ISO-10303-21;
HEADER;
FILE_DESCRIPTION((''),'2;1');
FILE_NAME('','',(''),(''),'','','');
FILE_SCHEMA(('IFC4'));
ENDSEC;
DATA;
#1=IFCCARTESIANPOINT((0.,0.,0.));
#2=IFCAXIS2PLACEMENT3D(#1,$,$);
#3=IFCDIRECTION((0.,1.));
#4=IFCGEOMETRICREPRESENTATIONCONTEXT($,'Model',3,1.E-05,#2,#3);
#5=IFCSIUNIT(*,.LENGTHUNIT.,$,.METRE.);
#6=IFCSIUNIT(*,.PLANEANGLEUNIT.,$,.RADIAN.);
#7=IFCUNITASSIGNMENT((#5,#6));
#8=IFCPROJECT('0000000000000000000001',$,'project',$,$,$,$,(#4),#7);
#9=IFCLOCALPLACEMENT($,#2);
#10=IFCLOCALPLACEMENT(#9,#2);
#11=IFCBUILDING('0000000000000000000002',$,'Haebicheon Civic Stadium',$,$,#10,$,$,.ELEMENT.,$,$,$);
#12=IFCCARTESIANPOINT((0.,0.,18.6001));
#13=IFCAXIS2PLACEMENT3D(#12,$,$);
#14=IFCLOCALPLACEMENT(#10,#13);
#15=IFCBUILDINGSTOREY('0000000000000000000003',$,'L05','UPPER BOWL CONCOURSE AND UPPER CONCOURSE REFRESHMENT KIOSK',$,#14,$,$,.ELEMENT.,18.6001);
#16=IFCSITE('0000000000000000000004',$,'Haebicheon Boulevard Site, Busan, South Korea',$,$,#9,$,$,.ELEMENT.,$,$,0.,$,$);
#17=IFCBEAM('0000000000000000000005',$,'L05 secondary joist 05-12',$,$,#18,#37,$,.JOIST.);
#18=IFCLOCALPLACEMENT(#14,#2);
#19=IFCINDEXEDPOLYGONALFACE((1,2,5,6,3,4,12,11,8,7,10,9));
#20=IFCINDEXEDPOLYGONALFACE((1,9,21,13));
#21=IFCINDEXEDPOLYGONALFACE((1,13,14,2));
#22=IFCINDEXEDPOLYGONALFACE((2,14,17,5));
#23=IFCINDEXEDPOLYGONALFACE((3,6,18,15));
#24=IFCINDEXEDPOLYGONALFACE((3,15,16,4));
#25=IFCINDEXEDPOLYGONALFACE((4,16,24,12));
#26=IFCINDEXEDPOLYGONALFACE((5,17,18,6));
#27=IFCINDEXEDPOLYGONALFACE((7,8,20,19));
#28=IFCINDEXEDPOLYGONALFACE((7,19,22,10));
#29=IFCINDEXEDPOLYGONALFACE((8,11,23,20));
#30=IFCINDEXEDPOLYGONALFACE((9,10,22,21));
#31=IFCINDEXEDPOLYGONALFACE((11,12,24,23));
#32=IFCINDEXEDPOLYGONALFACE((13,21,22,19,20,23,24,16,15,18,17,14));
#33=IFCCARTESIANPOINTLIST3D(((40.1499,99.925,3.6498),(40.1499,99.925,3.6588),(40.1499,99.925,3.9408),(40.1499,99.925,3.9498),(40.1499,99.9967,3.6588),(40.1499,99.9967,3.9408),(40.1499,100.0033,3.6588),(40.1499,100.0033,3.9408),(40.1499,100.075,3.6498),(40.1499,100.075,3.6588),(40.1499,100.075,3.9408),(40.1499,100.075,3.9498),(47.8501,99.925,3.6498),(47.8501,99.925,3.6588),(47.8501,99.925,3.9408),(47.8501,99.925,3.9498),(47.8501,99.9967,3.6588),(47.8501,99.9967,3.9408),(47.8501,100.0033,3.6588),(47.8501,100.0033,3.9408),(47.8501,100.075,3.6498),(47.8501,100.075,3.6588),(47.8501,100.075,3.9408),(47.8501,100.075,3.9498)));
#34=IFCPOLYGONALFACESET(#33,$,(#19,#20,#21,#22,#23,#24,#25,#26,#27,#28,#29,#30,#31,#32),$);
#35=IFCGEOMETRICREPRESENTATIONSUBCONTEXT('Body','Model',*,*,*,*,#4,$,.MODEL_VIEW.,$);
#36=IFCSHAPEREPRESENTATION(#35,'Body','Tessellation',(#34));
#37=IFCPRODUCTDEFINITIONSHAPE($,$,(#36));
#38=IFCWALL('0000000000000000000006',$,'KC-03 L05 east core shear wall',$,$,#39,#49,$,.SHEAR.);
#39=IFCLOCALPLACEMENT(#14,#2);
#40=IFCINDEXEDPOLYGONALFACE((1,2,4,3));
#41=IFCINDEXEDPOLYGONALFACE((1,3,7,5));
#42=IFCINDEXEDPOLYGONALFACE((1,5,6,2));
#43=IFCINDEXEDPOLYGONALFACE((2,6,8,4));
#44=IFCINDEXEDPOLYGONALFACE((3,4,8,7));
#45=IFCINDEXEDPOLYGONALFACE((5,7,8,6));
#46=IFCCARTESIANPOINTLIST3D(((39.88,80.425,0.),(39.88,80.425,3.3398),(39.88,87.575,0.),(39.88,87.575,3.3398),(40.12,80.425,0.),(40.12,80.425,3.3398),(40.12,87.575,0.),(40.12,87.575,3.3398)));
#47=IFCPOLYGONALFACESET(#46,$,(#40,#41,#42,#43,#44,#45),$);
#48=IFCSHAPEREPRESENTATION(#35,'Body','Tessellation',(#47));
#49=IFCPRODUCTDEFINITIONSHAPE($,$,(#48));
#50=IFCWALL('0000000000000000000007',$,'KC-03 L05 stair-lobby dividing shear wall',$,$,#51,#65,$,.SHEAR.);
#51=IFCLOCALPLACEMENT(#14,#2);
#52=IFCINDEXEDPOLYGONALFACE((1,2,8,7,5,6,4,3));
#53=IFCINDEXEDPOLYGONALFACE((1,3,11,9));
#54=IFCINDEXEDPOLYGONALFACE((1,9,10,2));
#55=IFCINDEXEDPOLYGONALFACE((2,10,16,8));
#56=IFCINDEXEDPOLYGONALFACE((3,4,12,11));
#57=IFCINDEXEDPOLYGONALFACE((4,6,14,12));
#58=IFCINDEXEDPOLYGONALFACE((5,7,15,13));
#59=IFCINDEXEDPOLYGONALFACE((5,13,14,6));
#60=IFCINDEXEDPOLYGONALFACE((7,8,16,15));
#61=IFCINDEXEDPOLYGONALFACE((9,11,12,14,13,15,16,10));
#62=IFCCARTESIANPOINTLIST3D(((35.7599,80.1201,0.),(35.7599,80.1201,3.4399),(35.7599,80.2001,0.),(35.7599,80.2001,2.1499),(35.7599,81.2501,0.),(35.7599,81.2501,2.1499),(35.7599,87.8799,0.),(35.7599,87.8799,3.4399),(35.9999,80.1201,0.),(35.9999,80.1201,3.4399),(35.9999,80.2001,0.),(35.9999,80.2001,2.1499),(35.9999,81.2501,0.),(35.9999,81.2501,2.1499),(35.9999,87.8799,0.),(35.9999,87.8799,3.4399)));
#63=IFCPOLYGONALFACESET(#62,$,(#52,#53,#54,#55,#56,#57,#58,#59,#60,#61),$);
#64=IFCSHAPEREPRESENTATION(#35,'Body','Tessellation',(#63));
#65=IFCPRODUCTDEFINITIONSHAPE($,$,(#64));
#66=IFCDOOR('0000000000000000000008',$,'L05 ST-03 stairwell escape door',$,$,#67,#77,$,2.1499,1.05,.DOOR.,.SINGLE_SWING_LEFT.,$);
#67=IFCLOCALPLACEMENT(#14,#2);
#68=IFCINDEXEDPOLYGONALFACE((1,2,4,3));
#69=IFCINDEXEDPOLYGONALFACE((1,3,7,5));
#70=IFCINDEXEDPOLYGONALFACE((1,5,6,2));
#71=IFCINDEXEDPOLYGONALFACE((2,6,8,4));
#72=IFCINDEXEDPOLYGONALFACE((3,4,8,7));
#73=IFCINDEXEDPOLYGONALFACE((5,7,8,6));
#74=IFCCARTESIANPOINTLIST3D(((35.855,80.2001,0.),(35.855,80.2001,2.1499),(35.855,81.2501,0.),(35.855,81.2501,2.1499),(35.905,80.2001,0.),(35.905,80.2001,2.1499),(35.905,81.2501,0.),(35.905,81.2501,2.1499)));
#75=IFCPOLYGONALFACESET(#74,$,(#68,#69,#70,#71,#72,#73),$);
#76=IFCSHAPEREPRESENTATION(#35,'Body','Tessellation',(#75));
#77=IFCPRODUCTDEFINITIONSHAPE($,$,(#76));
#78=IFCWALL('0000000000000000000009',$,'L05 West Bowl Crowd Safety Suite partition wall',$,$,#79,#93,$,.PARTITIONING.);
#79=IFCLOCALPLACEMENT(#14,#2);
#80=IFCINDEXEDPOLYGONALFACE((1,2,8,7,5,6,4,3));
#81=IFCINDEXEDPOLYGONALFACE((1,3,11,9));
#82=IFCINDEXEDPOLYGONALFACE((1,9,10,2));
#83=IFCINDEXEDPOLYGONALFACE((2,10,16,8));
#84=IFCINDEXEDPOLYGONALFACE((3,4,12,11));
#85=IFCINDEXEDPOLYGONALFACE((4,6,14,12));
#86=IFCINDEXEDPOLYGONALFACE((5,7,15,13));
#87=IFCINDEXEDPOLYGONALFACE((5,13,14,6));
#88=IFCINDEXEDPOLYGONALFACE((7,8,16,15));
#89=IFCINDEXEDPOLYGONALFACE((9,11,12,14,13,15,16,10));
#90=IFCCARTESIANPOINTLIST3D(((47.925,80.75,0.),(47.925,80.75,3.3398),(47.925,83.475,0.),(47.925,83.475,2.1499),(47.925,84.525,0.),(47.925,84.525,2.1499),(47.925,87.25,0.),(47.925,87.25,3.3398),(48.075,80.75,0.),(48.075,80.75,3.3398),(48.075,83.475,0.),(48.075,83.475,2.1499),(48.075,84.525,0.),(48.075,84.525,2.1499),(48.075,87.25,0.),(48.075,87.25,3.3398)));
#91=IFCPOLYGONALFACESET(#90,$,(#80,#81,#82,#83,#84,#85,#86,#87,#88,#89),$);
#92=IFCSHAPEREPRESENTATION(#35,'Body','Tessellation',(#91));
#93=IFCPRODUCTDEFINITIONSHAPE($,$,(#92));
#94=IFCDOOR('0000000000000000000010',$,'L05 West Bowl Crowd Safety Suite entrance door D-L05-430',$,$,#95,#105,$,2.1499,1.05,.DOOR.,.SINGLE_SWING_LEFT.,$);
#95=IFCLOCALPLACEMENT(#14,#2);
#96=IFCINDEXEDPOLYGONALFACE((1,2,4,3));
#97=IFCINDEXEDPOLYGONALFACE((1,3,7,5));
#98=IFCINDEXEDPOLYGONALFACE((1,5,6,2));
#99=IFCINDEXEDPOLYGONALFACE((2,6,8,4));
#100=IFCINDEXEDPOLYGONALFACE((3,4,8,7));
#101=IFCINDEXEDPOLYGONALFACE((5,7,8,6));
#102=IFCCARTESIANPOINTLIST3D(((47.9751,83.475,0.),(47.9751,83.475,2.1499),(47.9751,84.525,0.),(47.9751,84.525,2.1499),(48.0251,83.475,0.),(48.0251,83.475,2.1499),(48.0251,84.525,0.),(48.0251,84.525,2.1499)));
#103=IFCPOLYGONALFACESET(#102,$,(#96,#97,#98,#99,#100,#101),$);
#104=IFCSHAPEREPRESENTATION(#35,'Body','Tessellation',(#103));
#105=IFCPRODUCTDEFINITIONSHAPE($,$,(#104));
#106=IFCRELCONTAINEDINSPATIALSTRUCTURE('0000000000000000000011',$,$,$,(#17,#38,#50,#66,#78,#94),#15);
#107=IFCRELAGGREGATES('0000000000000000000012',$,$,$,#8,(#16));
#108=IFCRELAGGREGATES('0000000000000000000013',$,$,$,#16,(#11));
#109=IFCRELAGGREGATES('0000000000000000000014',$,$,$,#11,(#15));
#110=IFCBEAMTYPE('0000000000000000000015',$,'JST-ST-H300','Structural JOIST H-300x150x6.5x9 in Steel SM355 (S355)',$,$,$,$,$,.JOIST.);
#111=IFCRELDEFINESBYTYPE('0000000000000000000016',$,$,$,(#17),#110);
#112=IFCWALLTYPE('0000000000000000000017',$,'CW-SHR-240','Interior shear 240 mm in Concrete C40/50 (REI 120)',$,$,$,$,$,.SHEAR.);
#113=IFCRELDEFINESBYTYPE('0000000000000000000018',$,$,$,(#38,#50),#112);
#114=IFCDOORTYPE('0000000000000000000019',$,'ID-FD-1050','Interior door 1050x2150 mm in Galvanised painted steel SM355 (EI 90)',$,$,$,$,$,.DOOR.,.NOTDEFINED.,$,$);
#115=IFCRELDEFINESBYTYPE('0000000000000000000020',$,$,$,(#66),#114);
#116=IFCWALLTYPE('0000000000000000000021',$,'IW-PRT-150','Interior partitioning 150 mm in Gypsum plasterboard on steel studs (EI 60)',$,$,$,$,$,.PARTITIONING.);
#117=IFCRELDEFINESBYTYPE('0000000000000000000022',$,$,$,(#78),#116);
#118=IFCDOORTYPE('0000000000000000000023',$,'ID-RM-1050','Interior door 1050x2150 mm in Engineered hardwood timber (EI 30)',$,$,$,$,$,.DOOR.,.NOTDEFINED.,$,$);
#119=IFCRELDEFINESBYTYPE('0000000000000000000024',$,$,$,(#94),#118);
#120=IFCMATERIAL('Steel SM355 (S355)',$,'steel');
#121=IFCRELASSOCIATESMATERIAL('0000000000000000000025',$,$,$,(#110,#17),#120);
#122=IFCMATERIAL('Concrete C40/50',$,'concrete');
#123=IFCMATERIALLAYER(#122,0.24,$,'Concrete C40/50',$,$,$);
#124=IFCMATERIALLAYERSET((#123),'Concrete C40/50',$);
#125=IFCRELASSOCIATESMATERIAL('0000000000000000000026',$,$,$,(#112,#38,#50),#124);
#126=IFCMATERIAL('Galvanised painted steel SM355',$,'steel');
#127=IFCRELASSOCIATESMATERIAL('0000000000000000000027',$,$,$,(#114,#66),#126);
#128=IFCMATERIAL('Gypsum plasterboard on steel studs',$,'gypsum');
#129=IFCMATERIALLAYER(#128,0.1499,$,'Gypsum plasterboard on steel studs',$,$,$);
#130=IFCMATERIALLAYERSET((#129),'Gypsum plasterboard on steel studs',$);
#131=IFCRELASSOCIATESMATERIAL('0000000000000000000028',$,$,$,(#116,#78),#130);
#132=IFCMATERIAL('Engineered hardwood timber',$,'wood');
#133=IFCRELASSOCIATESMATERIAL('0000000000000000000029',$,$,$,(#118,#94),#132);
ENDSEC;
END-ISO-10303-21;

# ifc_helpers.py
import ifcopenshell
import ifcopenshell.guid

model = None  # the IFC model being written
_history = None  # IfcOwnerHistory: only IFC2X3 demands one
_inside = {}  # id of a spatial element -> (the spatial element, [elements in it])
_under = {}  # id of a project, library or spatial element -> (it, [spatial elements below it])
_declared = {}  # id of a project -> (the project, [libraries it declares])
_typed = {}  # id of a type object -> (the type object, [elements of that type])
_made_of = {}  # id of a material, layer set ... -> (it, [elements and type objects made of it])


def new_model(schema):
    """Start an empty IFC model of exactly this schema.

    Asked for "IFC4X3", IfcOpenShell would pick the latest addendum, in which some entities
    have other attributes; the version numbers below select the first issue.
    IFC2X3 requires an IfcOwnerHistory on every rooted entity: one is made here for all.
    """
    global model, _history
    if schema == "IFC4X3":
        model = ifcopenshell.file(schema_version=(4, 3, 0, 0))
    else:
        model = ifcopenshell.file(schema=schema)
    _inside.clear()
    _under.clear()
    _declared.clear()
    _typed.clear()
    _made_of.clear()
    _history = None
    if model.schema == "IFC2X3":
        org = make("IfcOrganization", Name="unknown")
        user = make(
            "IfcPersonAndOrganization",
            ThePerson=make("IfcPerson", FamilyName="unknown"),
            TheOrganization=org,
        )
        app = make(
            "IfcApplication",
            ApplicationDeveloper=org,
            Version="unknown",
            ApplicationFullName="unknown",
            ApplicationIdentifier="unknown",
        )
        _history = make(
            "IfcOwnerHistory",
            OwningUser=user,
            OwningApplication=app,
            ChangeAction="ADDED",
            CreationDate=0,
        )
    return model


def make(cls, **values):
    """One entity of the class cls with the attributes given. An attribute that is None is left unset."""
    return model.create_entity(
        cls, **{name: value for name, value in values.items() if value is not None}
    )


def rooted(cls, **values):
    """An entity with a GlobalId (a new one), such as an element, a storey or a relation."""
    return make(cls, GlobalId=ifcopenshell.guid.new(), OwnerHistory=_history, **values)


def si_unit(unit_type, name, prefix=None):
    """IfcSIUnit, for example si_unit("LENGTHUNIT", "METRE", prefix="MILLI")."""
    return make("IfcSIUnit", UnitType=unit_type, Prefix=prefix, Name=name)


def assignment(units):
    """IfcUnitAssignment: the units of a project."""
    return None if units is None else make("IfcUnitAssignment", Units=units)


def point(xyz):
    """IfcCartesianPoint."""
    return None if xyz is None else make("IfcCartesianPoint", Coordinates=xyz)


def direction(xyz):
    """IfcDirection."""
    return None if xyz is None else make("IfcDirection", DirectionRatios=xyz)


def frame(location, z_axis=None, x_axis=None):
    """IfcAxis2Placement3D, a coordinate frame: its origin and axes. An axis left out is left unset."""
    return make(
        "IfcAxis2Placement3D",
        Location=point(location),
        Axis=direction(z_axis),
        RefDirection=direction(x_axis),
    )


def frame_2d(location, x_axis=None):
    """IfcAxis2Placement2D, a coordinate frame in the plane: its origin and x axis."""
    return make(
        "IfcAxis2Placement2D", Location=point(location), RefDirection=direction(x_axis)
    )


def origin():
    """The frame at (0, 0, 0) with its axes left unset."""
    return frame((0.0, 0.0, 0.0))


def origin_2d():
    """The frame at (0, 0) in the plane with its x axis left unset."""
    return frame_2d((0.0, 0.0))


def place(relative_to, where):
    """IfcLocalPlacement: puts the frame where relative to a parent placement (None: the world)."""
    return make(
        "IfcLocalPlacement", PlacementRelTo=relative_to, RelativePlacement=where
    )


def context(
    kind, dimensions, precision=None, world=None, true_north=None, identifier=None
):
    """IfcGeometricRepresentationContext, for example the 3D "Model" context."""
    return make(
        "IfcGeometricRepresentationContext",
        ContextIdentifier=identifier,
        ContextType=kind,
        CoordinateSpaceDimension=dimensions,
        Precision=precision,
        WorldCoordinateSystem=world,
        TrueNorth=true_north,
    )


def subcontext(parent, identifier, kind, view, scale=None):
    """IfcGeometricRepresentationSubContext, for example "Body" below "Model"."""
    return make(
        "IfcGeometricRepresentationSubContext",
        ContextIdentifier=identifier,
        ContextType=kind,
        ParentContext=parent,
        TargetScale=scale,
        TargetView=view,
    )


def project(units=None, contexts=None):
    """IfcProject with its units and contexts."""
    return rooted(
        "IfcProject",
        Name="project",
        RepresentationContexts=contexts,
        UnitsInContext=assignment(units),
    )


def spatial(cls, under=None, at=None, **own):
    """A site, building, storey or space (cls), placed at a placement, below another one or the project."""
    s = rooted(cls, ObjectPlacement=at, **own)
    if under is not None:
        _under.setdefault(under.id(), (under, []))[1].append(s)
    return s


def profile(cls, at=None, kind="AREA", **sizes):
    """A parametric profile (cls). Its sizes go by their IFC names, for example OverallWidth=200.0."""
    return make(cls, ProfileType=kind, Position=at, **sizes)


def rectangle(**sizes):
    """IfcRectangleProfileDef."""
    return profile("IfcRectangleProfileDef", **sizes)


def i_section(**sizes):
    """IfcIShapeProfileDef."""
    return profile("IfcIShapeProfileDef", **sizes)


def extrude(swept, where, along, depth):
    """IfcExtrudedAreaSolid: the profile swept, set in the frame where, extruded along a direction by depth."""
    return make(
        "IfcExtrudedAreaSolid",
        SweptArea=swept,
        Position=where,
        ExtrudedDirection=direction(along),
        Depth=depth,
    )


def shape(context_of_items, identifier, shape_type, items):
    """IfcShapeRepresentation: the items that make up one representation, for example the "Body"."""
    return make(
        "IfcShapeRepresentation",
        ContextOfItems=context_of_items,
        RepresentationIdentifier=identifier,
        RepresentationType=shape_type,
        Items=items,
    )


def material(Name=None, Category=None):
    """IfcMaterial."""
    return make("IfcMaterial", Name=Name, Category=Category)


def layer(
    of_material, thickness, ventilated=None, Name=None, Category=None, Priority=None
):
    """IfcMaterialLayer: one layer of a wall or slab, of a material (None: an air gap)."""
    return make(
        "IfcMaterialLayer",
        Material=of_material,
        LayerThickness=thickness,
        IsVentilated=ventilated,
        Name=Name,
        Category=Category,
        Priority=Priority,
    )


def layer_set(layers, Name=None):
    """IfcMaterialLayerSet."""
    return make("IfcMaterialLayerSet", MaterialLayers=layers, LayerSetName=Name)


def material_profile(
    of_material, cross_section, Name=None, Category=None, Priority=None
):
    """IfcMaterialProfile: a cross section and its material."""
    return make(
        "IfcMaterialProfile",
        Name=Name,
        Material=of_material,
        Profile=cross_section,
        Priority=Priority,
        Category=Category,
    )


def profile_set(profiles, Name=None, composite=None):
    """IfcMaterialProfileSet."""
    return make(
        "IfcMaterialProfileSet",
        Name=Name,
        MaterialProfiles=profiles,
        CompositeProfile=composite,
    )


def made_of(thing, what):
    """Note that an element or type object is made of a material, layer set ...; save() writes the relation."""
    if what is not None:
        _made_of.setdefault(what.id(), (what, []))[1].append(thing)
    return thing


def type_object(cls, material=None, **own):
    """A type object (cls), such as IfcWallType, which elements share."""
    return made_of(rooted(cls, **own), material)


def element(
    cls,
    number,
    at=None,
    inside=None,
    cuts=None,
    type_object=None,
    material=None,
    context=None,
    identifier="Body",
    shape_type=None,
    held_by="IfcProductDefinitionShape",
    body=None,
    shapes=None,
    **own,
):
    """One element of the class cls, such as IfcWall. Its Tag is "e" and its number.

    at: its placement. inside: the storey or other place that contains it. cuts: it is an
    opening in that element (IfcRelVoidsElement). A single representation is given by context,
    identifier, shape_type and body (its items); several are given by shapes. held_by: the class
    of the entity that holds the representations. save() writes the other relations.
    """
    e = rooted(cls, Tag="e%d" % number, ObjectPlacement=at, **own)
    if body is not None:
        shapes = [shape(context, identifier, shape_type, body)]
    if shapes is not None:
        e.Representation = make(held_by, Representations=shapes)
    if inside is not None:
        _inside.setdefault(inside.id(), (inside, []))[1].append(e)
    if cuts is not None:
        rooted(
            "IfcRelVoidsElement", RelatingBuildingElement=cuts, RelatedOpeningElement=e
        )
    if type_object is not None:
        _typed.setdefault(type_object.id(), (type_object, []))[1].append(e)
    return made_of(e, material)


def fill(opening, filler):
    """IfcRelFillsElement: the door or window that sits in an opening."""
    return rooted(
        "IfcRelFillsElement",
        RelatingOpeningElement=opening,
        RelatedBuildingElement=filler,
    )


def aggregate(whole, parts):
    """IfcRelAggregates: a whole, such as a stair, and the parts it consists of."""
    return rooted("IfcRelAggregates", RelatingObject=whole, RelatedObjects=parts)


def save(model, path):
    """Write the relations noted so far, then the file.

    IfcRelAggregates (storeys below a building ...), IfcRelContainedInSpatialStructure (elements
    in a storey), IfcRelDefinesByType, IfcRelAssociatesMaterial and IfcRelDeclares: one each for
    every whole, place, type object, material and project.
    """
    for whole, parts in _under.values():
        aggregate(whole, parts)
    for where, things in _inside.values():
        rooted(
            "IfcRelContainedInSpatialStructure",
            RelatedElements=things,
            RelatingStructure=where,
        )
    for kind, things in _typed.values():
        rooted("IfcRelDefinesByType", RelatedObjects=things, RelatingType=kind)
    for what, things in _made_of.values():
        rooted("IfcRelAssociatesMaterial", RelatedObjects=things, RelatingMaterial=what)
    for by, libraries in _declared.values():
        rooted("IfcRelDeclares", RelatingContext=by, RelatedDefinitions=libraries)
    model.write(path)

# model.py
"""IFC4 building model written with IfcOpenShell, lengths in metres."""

from ifc_helpers import new_model, si_unit, direction, frame, frame_2d, origin, origin_2d, place, context, subcontext, project, spatial, rectangle, i_section, extrude, material, layer, layer_set, material_profile, profile_set, type_object, element, fill, save


model = new_model("IFC4")

# Units and contexts
model_context = context("Model", 3, precision=1e-05, world=origin(), true_north=direction((0.0, 1.0)))
body_context = subcontext(model_context, "Body", "Model", "MODEL_VIEW")
ifc_project = project(units=[si_unit("LENGTHUNIT", "METRE"), si_unit("PLANEANGLEUNIT", "RADIAN")], contexts=[model_context])

# Site, building, storey
site_placement = place(None, origin())
site = spatial("IfcSite", under=ifc_project, at=site_placement, Name="Haebicheon Boulevard Site, Busan, South Korea", CompositionType="ELEMENT", RefElevation=0.0)
building_placement = place(site_placement, origin())
building = spatial("IfcBuilding", under=site, at=building_placement, Name="Haebicheon Civic Stadium", CompositionType="ELEMENT")
storey_placement = place(building_placement, frame((0.0, 0.0, 18.6001)))
storey = spatial("IfcBuildingStorey", under=building, at=storey_placement, Name="L05", Description="UPPER BOWL CONCOURSE AND UPPER CONCOURSE REFRESHMENT KIOSK", CompositionType="ELEMENT", Elevation=18.6001)

# Beam
ifc_material_1 = material(Name="Steel SM355 (S355)", Category="steel")
ifc_material_profile_1 = material_profile(ifc_material_1, i_section(OverallWidth=0.1499, OverallDepth=0.3, WebThickness=0.0066, FlangeThickness=0.009, at=origin_2d()), Name="H-300x150x6.5x9")
ifc_profile_set_1 = profile_set([ifc_material_profile_1], Name="Steel SM355 (S355)")
beam_type_1 = type_object("IfcBeamType", Name="JST-ST-H300", Description="Structural JOIST H-300x150x6.5x9 in Steel SM355 (S355)", PredefinedType="JOIST", material=ifc_profile_set_1)
for number, where, z_axis, x_axis, name in (
    (1, (40.1499, 100.0, 3.7998), (1.0, 0.0, 0.0), (0.0, 1.0, 0.0), "L05 secondary joist 05-12"),
):
    element("IfcBeam", number, at=place(storey_placement, frame(where, z_axis=z_axis, x_axis=x_axis)), inside=storey, type_object=beam_type_1, material=ifc_profile_set_1, Name=name, PredefinedType="JOIST", context=body_context, shape_type="SweptSolid", body=[
        extrude(i_section(OverallWidth=0.1499, OverallDepth=0.3, WebThickness=0.0066, FlangeThickness=0.009, at=origin_2d()), origin(), (0.0, 0.0, 1.0), 7.7002),
    ])

# Wall
ifc_material_2 = material(Name="Concrete C40/50", Category="concrete")
ifc_layer_1 = layer(ifc_material_2, 0.24, Name="Concrete C40/50")
ifc_layer_set_1 = layer_set([ifc_layer_1], Name="Concrete C40/50")
wall_type_1 = type_object("IfcWallType", Name="CW-SHR-240", Description="Interior shear 240 mm in Concrete C40/50 (REI 120)", PredefinedType="SHEAR", material=ifc_layer_set_1)
wall_1_placement = place(storey_placement, frame((40.0, 80.425, 0.0), z_axis=(0.0, 0.0, 1.0), x_axis=(0.0, 1.0, 0.0)))
element("IfcWall", 2, at=wall_1_placement, inside=storey, type_object=wall_type_1, material=ifc_layer_set_1, Name="KC-03 L05 east core shear wall", PredefinedType="SHEAR", context=body_context, shape_type="SweptSolid", body=[
    extrude(rectangle(XDim=7.1499, YDim=0.24, at=frame_2d((3.575, 0.0))), origin(), (0.0, 0.0, 1.0), 3.3398),
])

# Walls, openings, doors
wall_2_placement = place(storey_placement, frame((35.8799, 80.1201, 0.0), z_axis=(0.0, 0.0, 1.0), x_axis=(0.0, 1.0, 0.0)))
wall_2 = element("IfcWall", 3, at=wall_2_placement, inside=storey, type_object=wall_type_1, material=ifc_layer_set_1, Name="KC-03 L05 stair-lobby dividing shear wall", PredefinedType="SHEAR", context=body_context, shape_type="SweptSolid", body=[
    extrude(rectangle(XDim=7.7598, YDim=0.24, at=frame_2d((3.8799, 0.0))), origin(), (0.0, 0.0, 1.0), 3.4399),
])
opening_1_placement = place(wall_2_placement, frame((0.0801, 0.0, 0.0)))
opening_1 = element("IfcOpeningElement", 4, at=opening_1_placement, cuts=wall_2, PredefinedType="OPENING", context=body_context, shape_type="SweptSolid", body=[
    extrude(rectangle(XDim=1.05, YDim=2.1499, at=frame_2d((0.5249, 1.075))), frame((0.0, 0.1299, 0.0), z_axis=(0.0, -1.0, 0.0), x_axis=(1.0, 0.0, 0.0)), (0.0, 0.0, 1.0), 0.26),
])
ifc_material_3 = material(Name="Galvanised painted steel SM355", Category="steel")
door_type_1 = type_object("IfcDoorType", Name="ID-FD-1050", Description="Interior door 1050x2150 mm in Galvanised painted steel SM355 (EI 90)", OperationType="NOTDEFINED", PredefinedType="DOOR", material=ifc_material_3)
door_1_placement = place(opening_1_placement, origin())
door_1 = element("IfcDoor", 5, at=door_1_placement, inside=storey, type_object=door_type_1, material=ifc_material_3, Name="L05 ST-03 stairwell escape door", OperationType="SINGLE_SWING_LEFT", OverallHeight=2.1499, OverallWidth=1.05, PredefinedType="DOOR", context=body_context, shape_type="SweptSolid", body=[
    extrude(rectangle(XDim=1.05, YDim=2.1499, at=frame_2d((0.5249, 1.075))), frame((0.0, 0.0249, 0.0), z_axis=(0.0, -1.0, 0.0), x_axis=(1.0, 0.0, 0.0)), (0.0, 0.0, 1.0), 0.05),
])
fill(opening_1, door_1)
ifc_material_4 = material(Name="Gypsum plasterboard on steel studs", Category="gypsum")
ifc_layer_2 = layer(ifc_material_4, 0.1499, Name="Gypsum plasterboard on steel studs")
ifc_layer_set_2 = layer_set([ifc_layer_2], Name="Gypsum plasterboard on steel studs")
wall_type_2 = type_object("IfcWallType", Name="IW-PRT-150", Description="Interior partitioning 150 mm in Gypsum plasterboard on steel studs (EI 60)", PredefinedType="PARTITIONING", material=ifc_layer_set_2)
wall_3_placement = place(storey_placement, frame((48.0, 80.75, 0.0), z_axis=(0.0, 0.0, 1.0), x_axis=(0.0, 1.0, 0.0)))
wall_3 = element("IfcWall", 6, at=wall_3_placement, inside=storey, type_object=wall_type_2, material=ifc_layer_set_2, Name="L05 West Bowl Crowd Safety Suite partition wall", PredefinedType="PARTITIONING", context=body_context, shape_type="SweptSolid", body=[
    extrude(rectangle(XDim=6.5, YDim=0.1499, at=frame_2d((3.25, 0.0))), origin(), (0.0, 0.0, 1.0), 3.3398),
])
opening_2_placement = place(wall_3_placement, frame((2.7251, 0.0, 0.0)))
opening_2 = element("IfcOpeningElement", 7, at=opening_2_placement, cuts=wall_3, PredefinedType="OPENING", context=body_context, shape_type="SweptSolid", body=[
    extrude(rectangle(XDim=1.05, YDim=2.1499, at=frame_2d((0.5249, 1.075))), frame((0.0, 0.085, 0.0), z_axis=(0.0, -1.0, 0.0), x_axis=(1.0, 0.0, 0.0)), (0.0, 0.0, 1.0), 0.1699),
])
ifc_material_5 = material(Name="Engineered hardwood timber", Category="wood")
door_type_2 = type_object("IfcDoorType", Name="ID-RM-1050", Description="Interior door 1050x2150 mm in Engineered hardwood timber (EI 30)", OperationType="NOTDEFINED", PredefinedType="DOOR", material=ifc_material_5)
door_2_placement = place(opening_2_placement, origin())
door_2 = element("IfcDoor", 8, at=door_2_placement, inside=storey, type_object=door_type_2, material=ifc_material_5, Name="L05 West Bowl Crowd Safety Suite entrance door D-L05-430", OperationType="SINGLE_SWING_LEFT", OverallHeight=2.1499, OverallWidth=1.05, PredefinedType="DOOR", context=body_context, shape_type="SweptSolid", body=[
    extrude(rectangle(XDim=1.05, YDim=2.1499, at=frame_2d((0.5249, 1.075))), frame((0.0, 0.0249, 0.0), z_axis=(0.0, -1.0, 0.0), x_axis=(1.0, 0.0, 0.0)), (0.0, 0.0, 1.0), 0.05),
])
fill(opening_2, door_2)

save(model, "model.ifc")
